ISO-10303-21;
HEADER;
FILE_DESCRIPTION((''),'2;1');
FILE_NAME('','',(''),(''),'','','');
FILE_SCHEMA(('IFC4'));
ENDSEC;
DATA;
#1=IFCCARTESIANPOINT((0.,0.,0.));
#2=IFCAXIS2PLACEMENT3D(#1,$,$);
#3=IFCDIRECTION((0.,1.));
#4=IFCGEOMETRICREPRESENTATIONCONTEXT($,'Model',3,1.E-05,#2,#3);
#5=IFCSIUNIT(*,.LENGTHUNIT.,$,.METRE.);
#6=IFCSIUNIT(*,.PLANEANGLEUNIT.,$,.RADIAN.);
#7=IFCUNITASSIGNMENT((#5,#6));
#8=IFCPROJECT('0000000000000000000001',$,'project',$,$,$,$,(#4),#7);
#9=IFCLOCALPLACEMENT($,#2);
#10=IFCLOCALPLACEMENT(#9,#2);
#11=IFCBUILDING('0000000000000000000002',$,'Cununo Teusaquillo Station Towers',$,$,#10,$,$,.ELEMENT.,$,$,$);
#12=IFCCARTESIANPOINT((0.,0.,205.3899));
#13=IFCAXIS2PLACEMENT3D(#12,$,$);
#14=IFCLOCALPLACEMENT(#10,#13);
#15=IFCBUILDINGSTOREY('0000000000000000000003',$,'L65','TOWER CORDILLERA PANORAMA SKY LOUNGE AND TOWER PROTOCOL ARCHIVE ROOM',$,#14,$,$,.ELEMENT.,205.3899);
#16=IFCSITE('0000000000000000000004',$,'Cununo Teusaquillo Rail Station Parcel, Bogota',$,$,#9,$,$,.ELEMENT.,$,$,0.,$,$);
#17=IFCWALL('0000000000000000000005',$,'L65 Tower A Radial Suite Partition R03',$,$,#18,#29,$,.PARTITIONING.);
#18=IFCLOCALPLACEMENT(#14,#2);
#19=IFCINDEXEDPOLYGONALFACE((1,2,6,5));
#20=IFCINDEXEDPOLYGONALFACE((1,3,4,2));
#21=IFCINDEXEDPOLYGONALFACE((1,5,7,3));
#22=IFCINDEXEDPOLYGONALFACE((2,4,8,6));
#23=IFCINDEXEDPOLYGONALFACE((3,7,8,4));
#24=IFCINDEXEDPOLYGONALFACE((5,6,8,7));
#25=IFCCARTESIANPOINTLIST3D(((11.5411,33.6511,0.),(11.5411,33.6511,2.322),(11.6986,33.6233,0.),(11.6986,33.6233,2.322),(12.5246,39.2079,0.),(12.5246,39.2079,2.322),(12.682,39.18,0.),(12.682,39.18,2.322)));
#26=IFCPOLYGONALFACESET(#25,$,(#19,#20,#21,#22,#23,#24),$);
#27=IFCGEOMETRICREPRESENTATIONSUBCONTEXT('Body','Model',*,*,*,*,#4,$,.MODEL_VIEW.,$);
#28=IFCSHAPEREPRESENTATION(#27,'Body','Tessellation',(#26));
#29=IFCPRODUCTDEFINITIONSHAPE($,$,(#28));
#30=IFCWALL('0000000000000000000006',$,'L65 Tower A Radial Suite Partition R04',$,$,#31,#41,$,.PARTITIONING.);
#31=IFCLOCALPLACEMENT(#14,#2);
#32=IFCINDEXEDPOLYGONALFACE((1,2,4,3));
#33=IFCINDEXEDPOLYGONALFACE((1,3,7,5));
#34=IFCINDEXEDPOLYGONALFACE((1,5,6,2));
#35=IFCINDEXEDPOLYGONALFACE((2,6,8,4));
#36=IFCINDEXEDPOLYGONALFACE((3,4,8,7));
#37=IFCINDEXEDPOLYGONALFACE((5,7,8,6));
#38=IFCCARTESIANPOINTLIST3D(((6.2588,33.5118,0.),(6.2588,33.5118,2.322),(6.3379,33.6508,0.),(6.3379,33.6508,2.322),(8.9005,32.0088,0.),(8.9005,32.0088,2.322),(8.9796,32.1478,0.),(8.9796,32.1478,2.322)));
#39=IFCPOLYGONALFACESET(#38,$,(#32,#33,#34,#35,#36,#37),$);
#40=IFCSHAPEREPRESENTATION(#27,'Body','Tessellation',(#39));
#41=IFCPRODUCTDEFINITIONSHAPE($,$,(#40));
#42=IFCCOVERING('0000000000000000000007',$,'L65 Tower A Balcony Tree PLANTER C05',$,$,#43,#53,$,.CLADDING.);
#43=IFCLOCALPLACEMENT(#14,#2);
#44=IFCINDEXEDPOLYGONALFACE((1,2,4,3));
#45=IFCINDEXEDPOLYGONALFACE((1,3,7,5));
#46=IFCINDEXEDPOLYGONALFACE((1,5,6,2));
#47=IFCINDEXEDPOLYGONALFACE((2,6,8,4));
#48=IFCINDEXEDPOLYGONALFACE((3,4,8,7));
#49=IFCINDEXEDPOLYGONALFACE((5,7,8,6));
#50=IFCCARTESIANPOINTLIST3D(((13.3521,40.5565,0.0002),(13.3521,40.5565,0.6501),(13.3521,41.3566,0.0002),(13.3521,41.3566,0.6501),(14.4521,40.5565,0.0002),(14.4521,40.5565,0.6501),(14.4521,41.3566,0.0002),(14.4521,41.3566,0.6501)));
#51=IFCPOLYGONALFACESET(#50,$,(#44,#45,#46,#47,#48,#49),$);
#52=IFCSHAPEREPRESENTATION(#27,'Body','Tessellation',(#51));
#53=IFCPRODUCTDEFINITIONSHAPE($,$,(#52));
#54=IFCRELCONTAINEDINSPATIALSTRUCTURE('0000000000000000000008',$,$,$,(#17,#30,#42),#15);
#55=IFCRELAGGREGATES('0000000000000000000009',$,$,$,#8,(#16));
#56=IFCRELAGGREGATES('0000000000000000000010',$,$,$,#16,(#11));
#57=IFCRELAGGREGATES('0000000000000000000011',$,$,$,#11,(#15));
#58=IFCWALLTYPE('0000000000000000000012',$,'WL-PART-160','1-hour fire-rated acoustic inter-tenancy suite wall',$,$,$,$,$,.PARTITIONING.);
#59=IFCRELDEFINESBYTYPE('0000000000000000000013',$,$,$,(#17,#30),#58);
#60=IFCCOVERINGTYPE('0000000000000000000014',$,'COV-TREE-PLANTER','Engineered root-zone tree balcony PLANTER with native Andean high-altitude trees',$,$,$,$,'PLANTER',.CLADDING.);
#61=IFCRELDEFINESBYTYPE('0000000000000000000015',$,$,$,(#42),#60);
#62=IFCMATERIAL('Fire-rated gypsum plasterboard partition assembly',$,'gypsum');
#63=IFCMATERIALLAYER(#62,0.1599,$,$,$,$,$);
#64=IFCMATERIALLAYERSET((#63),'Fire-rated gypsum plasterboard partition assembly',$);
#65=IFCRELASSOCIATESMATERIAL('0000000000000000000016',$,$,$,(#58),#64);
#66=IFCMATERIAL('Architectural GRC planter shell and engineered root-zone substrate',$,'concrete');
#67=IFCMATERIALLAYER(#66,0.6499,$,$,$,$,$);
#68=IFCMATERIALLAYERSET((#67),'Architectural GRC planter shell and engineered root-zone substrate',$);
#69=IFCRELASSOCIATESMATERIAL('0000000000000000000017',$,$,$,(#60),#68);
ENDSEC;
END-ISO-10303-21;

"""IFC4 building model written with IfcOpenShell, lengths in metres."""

from ifc_helpers import new_model, si_unit, direction, frame, frame_2d, origin, origin_2d, place, context, subcontext, project, spatial, rectangle, extrude, source, transform, mapped, material, layer, layer_set, type_object, element, save


model = new_model("IFC4")

# Units and contexts
model_context = context("Model", 3, precision=1e-05, world=origin(), true_north=direction((0.0, 1.0)))
body_context = subcontext(model_context, "Body", "Model", "MODEL_VIEW")
ifc_project = project(units=[si_unit("LENGTHUNIT", "METRE"), si_unit("PLANEANGLEUNIT", "RADIAN")], contexts=[model_context])

# Site, building, storey
site_placement = place(None, origin())
site = spatial("IfcSite", under=ifc_project, at=site_placement, Name="Cununo Teusaquillo Rail Station Parcel, Bogota", CompositionType="ELEMENT", RefElevation=0.0)
building_placement = place(site_placement, origin())
building = spatial("IfcBuilding", under=site, at=building_placement, Name="Cununo Teusaquillo Station Towers", CompositionType="ELEMENT")
storey_placement = place(building_placement, frame((0.0, 0.0, 205.3899)))
storey = spatial("IfcBuildingStorey", under=building, at=storey_placement, Name="L65", Description="TOWER CORDILLERA PANORAMA SKY LOUNGE AND TOWER PROTOCOL ARCHIVE ROOM", CompositionType="ELEMENT", Elevation=205.3899)

# Walls
ifc_material_1 = material(Name="Fire-rated gypsum plasterboard partition assembly", Category="gypsum")
ifc_layer_1 = layer(ifc_material_1, 0.1599)
ifc_layer_set_1 = layer_set([ifc_layer_1], Name="Fire-rated gypsum plasterboard partition assembly")
wall_type_1 = type_object("IfcWallType", Name="WL-PART-160", Description="1-hour fire-rated acoustic inter-tenancy suite wall", PredefinedType="PARTITIONING", material=ifc_layer_set_1)
wall_1_placement = place(storey_placement, frame((11.6199, 33.6372, 0.0), z_axis=(0.0, 0.0, 1.0), x_axis=(0.174269, 0.984698, 0.0)))
element("IfcWall", 1, at=wall_1_placement, inside=storey, type_object=wall_type_1, Name="L65 Tower A Radial Suite Partition R03", PredefinedType="PARTITIONING", context=body_context, shape_type="SweptSolid", body=[
    extrude(rectangle(XDim=5.6431, YDim=0.1599, at=frame_2d((2.8215, 0.0))), origin(), (0.0, 0.0, 1.0), 2.322),
])
wall_2_placement = place(storey_placement, frame((8.9399, 32.0784, 0.0), z_axis=(0.0, 0.0, 1.0), x_axis=(-0.869171, 0.494512, 0.0)))
element("IfcWall", 2, at=wall_2_placement, inside=storey, type_object=wall_type_1, Name="L65 Tower A Radial Suite Partition R04", PredefinedType="PARTITIONING", context=body_context, shape_type="SweptSolid", body=[
    extrude(rectangle(XDim=3.0393, YDim=0.1599, at=frame_2d((1.5195, 0.0))), origin(), (0.0, 0.0, 1.0), 2.322),
])

# Covering
ifc_material_2 = material(Name="Architectural GRC planter shell and engineered root-zone substrate", Category="concrete")
ifc_layer_2 = layer(ifc_material_2, 0.6499)
ifc_layer_set_2 = layer_set([ifc_layer_2], Name="Architectural GRC planter shell and engineered root-zone substrate")
covering_type = type_object("IfcCoveringType", Name="COV-TREE-PLANTER", Description="Engineered root-zone tree balcony PLANTER with native Andean high-altitude trees", ElementType="PLANTER", PredefinedType="CLADDING", material=ifc_layer_set_2)
shared_shape_1 = source(origin(), body_context, "Body", "SweptSolid", [
    extrude(rectangle(XDim=1.1001, YDim=0.8, at=origin_2d()), origin(), (0.0, 0.0, 1.0), 0.6499),
])
covering_placement = place(storey_placement, frame((13.9021, 40.9565, 0.0002), z_axis=(0.0, 0.0, 1.0), x_axis=(1.0, 0.0, 0.0)))
element("IfcCovering", 3, at=covering_placement, inside=storey, type_object=covering_type, Name="L65 Tower A Balcony Tree PLANTER C05", PredefinedType="CLADDING", context=body_context, shape_type="MappedRepresentation", body=[
    mapped(shared_shape_1, transform((0.0, 0.0, 0.0), x_axis=(1.0, 0.0, 0.0), y_axis=(0.0, 1.0, 0.0), z_axis=(0.0, 0.0, 1.0), scale=1.0)),
])

save(model, "model.ifc")
